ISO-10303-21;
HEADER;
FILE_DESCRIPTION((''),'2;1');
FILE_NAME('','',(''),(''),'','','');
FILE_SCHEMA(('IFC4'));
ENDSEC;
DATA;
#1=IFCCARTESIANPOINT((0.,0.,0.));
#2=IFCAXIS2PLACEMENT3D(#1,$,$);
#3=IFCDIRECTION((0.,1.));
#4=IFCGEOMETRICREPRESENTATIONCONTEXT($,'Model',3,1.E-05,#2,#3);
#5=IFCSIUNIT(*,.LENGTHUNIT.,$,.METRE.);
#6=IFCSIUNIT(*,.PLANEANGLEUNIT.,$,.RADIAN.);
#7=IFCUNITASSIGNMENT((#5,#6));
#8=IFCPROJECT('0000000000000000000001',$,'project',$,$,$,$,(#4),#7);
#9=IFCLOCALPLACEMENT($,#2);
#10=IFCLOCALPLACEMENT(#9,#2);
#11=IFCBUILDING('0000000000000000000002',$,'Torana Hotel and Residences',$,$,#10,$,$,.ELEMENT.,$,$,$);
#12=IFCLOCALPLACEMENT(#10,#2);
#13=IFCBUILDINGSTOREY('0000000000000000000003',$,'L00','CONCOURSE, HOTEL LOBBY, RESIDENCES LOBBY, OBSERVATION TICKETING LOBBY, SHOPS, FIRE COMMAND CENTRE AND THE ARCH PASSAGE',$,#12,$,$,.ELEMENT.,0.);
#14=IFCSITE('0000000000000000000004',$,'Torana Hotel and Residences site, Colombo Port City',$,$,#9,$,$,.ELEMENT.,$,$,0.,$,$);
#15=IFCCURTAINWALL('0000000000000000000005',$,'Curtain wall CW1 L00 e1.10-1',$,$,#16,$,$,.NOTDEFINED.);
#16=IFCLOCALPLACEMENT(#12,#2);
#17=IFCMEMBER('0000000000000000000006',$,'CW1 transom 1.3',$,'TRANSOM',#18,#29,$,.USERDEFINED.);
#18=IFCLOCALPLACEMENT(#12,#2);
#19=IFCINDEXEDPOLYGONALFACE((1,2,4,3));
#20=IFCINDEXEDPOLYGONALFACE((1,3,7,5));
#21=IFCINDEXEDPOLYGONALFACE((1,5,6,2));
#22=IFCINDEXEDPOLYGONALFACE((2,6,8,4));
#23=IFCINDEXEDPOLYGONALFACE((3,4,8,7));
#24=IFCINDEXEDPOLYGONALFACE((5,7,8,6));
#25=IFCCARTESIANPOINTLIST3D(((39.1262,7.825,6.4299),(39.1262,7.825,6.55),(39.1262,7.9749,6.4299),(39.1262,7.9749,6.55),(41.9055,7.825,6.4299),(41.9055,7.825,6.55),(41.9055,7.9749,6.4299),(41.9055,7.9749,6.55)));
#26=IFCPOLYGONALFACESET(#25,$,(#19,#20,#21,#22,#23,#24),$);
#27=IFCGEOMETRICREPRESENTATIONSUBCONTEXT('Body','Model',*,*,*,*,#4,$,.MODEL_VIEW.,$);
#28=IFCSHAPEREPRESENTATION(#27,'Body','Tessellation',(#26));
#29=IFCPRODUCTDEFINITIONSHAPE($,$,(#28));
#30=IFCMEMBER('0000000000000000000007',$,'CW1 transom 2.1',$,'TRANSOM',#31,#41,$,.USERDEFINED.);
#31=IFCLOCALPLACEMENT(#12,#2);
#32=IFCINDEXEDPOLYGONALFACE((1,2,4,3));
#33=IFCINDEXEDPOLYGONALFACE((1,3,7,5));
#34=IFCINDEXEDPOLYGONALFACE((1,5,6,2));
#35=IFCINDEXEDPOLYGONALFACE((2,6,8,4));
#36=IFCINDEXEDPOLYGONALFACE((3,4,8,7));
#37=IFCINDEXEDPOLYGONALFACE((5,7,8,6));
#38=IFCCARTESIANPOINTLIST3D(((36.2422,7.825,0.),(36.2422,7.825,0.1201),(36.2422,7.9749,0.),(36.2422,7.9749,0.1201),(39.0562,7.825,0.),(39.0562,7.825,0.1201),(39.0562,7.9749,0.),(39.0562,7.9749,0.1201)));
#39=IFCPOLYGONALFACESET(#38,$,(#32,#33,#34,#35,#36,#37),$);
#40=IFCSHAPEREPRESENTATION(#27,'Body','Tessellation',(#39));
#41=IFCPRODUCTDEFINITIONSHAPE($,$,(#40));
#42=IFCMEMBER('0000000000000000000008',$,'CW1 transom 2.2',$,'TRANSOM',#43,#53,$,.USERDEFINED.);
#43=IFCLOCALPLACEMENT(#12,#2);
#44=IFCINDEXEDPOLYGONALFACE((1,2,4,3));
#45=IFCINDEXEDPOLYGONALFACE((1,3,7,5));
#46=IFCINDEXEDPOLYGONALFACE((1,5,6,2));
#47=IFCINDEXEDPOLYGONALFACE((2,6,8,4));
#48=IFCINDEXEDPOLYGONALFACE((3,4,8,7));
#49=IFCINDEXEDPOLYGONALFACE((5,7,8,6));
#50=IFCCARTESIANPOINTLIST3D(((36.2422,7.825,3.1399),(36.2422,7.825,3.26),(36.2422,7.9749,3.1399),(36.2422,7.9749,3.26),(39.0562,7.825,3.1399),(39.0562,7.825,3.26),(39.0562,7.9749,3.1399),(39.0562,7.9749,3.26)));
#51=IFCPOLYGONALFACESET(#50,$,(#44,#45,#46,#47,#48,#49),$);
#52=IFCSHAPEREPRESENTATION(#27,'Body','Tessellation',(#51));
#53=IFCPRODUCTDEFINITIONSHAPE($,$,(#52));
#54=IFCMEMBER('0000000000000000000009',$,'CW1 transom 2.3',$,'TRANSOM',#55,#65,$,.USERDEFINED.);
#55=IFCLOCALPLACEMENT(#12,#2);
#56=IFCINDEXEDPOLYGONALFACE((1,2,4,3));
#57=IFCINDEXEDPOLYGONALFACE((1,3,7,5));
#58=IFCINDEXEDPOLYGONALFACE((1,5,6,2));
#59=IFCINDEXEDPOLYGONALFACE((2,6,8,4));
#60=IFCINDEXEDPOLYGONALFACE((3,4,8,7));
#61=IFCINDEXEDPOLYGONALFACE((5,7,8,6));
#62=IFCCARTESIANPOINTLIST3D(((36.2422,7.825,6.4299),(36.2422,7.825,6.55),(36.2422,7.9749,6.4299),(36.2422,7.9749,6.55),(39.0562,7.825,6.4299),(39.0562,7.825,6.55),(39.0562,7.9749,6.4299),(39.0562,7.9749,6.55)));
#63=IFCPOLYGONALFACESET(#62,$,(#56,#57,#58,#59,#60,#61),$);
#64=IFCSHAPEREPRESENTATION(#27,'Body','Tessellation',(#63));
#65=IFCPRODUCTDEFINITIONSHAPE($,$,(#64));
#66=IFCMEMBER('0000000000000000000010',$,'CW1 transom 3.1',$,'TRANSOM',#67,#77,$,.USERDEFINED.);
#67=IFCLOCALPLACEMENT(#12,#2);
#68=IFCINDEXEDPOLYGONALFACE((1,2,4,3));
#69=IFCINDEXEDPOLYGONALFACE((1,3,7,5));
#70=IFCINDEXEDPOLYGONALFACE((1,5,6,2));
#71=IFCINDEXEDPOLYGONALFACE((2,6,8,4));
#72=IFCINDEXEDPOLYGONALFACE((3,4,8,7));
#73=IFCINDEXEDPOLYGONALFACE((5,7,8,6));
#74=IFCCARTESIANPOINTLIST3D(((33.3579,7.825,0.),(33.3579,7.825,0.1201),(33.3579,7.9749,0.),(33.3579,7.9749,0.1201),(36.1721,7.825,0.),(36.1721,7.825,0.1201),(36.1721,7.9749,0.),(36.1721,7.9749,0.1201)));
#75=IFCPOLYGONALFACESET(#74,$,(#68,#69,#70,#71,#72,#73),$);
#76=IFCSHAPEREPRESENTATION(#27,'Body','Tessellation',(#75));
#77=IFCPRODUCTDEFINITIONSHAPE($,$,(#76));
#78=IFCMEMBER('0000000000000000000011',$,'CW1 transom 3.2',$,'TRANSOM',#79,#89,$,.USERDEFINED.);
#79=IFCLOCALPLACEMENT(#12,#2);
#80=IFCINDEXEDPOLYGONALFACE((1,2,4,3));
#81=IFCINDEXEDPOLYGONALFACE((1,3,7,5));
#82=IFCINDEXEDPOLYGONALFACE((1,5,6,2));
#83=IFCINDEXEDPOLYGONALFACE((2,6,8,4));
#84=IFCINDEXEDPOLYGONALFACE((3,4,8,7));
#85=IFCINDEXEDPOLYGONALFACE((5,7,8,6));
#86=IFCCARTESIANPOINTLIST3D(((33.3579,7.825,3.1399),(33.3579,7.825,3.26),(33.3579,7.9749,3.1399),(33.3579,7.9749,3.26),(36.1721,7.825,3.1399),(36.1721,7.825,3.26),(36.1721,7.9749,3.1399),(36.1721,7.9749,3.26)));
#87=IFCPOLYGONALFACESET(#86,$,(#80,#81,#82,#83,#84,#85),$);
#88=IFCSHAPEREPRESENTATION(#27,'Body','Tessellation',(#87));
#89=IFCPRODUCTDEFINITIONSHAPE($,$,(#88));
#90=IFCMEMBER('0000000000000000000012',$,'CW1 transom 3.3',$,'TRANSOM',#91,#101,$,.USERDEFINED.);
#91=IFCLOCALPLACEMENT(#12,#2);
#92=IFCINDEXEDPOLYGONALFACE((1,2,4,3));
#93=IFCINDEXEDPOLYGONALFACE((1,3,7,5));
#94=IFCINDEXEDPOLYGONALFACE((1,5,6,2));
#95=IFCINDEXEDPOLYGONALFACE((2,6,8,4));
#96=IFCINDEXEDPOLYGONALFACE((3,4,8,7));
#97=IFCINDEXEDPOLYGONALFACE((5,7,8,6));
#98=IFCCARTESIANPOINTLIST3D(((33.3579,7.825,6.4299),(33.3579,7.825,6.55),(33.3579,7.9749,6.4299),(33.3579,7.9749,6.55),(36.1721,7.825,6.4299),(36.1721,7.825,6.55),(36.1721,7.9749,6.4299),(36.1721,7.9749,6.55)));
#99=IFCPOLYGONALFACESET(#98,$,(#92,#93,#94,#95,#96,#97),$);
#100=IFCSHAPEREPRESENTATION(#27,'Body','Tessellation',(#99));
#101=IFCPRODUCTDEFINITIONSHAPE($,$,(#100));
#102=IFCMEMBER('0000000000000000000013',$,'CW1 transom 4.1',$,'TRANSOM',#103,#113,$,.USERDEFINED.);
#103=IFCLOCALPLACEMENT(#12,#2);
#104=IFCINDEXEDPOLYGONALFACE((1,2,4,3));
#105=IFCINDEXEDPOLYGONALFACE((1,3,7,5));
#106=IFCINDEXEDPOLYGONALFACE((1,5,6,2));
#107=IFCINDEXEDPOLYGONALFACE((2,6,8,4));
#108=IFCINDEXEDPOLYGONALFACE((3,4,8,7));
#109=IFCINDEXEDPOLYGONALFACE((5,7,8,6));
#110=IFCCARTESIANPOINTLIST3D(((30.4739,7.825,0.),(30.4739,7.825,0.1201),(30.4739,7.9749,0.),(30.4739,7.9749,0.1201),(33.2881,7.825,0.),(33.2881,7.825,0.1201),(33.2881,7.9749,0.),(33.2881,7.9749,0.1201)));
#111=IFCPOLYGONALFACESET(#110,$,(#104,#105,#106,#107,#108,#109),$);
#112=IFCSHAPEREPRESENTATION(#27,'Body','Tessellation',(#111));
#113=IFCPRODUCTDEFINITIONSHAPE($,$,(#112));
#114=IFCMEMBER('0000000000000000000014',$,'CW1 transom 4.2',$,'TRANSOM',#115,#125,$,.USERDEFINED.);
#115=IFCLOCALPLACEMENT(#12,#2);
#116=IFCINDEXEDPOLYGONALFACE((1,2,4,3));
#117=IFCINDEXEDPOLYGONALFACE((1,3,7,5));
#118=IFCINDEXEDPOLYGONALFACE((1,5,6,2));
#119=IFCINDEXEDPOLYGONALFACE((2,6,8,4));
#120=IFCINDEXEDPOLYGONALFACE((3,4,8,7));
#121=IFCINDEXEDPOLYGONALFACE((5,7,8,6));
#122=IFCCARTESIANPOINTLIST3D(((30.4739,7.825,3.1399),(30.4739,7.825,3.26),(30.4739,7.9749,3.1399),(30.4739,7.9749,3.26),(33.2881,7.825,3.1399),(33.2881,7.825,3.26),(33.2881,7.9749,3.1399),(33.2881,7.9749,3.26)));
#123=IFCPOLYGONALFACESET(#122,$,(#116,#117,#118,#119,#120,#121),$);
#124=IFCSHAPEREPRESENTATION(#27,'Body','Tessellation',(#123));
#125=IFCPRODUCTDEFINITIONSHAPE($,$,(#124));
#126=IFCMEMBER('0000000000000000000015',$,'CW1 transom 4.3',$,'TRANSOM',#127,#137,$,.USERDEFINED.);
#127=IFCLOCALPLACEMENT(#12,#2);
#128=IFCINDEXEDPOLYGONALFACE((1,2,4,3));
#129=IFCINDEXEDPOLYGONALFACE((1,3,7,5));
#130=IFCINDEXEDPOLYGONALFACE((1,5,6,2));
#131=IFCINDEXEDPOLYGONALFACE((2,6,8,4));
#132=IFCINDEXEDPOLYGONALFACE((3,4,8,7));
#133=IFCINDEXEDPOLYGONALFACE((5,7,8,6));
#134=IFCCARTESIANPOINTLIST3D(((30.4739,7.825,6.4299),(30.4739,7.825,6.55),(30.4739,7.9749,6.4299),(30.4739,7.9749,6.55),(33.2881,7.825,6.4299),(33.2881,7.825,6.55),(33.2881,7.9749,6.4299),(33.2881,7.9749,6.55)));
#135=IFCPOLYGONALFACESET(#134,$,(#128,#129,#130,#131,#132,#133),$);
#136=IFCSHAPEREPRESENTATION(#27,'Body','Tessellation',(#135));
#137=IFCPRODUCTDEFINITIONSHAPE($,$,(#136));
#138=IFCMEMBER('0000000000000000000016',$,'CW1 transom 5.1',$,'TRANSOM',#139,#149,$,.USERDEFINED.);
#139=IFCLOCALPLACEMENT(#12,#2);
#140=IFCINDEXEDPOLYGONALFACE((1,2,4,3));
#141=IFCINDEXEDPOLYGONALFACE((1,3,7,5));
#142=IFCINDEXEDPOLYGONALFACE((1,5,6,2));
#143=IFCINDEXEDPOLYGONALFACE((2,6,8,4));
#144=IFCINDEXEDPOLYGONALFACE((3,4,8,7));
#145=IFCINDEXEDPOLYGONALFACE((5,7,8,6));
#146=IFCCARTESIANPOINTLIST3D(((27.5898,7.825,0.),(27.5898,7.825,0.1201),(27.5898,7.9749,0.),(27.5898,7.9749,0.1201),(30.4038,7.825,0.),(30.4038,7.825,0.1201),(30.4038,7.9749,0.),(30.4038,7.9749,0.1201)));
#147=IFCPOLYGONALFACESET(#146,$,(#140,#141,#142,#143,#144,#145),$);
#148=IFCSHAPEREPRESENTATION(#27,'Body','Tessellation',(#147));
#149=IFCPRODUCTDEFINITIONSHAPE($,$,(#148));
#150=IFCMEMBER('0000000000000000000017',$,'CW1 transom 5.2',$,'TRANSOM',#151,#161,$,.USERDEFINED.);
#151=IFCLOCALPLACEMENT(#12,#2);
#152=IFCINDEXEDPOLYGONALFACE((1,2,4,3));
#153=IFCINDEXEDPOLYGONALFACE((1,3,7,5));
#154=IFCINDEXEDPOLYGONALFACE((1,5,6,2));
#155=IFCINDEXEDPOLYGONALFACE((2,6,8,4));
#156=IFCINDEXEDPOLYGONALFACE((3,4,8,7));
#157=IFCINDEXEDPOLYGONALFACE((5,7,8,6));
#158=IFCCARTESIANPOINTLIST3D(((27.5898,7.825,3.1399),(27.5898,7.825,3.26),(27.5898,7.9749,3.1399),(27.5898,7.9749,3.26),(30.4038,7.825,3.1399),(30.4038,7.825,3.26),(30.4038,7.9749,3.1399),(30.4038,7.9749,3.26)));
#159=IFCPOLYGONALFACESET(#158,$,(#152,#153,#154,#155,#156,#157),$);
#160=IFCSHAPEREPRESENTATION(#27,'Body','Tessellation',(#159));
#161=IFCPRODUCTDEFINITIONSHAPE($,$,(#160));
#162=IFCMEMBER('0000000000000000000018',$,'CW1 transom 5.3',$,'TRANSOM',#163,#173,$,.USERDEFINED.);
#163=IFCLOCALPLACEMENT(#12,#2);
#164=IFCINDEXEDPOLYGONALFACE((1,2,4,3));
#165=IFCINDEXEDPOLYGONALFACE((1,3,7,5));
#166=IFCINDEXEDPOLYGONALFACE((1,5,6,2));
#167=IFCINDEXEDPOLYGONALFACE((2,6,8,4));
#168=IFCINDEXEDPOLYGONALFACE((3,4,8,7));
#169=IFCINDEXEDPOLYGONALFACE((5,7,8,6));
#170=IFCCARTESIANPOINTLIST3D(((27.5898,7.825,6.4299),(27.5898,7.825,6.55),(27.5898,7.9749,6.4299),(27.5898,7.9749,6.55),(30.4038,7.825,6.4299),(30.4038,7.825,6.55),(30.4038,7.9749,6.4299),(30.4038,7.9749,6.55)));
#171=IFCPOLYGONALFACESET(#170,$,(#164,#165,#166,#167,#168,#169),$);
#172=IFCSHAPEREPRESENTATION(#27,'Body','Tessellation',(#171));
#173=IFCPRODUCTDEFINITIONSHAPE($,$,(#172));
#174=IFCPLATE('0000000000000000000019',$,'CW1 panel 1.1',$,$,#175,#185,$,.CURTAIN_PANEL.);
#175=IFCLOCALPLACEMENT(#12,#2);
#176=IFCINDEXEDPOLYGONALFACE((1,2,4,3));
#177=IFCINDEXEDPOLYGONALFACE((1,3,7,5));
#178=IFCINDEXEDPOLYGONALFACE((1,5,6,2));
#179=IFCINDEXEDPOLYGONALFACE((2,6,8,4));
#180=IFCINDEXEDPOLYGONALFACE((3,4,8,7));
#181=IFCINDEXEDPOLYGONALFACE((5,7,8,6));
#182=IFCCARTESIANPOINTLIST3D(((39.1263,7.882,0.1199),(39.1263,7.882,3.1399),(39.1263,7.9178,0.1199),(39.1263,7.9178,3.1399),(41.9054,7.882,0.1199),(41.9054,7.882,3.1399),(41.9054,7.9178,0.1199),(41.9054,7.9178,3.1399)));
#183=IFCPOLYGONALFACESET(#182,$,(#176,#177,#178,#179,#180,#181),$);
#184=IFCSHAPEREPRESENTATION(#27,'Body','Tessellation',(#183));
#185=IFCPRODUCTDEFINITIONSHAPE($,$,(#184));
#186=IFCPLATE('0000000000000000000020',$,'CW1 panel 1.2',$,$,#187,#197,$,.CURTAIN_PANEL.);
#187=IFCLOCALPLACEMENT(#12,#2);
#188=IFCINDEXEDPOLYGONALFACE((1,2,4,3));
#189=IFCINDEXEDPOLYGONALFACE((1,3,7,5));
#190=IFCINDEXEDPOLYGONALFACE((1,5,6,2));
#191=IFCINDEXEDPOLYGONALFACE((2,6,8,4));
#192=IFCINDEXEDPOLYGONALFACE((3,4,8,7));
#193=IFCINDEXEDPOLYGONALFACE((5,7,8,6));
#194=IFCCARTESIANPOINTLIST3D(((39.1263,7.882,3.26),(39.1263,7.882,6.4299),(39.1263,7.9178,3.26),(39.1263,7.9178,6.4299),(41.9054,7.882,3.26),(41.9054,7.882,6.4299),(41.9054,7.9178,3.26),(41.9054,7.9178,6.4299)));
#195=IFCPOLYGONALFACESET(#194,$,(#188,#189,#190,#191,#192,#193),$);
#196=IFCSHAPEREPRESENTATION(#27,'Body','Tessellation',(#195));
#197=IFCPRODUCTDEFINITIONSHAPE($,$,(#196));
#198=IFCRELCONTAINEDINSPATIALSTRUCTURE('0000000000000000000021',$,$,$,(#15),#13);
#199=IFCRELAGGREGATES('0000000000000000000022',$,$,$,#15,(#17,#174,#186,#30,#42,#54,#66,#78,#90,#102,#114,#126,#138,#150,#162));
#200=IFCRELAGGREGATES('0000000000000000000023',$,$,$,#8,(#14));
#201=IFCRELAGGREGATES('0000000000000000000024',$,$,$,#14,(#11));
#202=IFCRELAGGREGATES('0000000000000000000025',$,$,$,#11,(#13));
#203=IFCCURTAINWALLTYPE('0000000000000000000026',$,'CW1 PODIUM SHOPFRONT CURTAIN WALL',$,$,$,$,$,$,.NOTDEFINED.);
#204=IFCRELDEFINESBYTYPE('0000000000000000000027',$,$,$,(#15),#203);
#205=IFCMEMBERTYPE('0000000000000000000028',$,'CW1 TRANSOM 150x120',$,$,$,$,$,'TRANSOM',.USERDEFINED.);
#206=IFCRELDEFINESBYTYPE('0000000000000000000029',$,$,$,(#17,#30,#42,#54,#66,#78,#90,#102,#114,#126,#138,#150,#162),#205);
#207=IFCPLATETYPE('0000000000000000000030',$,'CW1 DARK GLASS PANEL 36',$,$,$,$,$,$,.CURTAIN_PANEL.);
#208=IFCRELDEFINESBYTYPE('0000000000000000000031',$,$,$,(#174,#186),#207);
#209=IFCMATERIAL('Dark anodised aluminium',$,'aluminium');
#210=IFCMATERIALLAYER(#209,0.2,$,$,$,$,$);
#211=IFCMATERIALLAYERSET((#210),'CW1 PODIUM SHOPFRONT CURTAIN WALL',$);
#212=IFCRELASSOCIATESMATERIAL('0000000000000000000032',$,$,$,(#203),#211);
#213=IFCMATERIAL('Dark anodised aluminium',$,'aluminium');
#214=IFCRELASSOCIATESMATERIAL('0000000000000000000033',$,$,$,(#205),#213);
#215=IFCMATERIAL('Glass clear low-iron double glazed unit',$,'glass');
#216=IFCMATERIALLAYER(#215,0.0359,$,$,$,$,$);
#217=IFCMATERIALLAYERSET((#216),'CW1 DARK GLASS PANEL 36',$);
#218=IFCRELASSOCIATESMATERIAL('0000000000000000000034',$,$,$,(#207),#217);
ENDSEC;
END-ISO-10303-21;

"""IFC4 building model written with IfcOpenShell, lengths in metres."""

from ifc_helpers import new_model, si_unit, direction, frame, origin, origin_2d, place, context, subcontext, project, spatial, rectangle, extrude, material, layer, layer_set, material_profile, profile_set, type_object, element, aggregate, save


model = new_model("IFC4")

# Units and contexts
model_context = context("Model", 3, precision=1e-05, world=origin(), true_north=direction((0.0, 1.0)))
body_context = subcontext(model_context, "Body", "Model", "MODEL_VIEW")
ifc_project = project(units=[si_unit("LENGTHUNIT", "METRE"), si_unit("PLANEANGLEUNIT", "RADIAN")], contexts=[model_context])

# Site, building, storey
site_placement = place(None, origin())
site = spatial("IfcSite", under=ifc_project, at=site_placement, Name="Torana Hotel and Residences site, Colombo Port City", CompositionType="ELEMENT", RefElevation=0.0)
building_placement = place(site_placement, origin())
building = spatial("IfcBuilding", under=site, at=building_placement, Name="Torana Hotel and Residences", CompositionType="ELEMENT")
storey_placement = place(building_placement, origin())
storey = spatial("IfcBuildingStorey", under=building, at=storey_placement, Name="L00", Description="CONCOURSE, HOTEL LOBBY, RESIDENCES LOBBY, OBSERVATION TICKETING LOBBY, SHOPS, FIRE COMMAND CENTRE AND THE ARCH PASSAGE", CompositionType="ELEMENT", Elevation=0.0)

# Curtain wall, members, plates
ifc_material_1 = material(Name="Dark anodised aluminium", Category="aluminium")
ifc_layer_1 = layer(ifc_material_1, 0.2)
ifc_layer_set_1 = layer_set([ifc_layer_1], Name="CW1 PODIUM SHOPFRONT CURTAIN WALL")
curtain_wall_type = type_object("IfcCurtainWallType", Name="CW1 PODIUM SHOPFRONT CURTAIN WALL", PredefinedType="NOTDEFINED", material=ifc_layer_set_1)
curtain_wall_placement = place(storey_placement, origin())
curtain_wall = element("IfcCurtainWall", 1, at=curtain_wall_placement, inside=storey, type_object=curtain_wall_type, Name="Curtain wall CW1 L00 e1.10-1", PredefinedType="NOTDEFINED")
ifc_material_2 = material(Name="Dark anodised aluminium", Category="aluminium")
ifc_material_profile_1 = material_profile(ifc_material_2, rectangle(XDim=0.1499, YDim=0.1201, at=origin_2d()), Name="CW1 TRANSOM 150x120")
ifc_profile_set_1 = profile_set([ifc_material_profile_1], Name="Dark anodised aluminium")
member_type_1 = type_object("IfcMemberType", Name="CW1 TRANSOM 150x120", ElementType="TRANSOM", PredefinedType="USERDEFINED", material=ifc_profile_set_1)
member_1_placement = place(storey_placement, frame((41.9055, 7.8999, 6.49), z_axis=(-1.0, 0.0, 0.0), x_axis=(0.0, -1.0, 0.0)))
member_1 = element("IfcMember", 2, at=member_1_placement, type_object=member_type_1, Name="CW1 transom 1.3", ObjectType="TRANSOM", PredefinedType="USERDEFINED", context=body_context, shape_type="SweptSolid", body=[
    extrude(rectangle(XDim=0.1499, YDim=0.1201, at=origin_2d()), origin(), (0.0, 0.0, 1.0), 2.7793),
])
member_2_placement = place(storey_placement, frame((39.0562, 7.8999, 0.0601), z_axis=(-1.0, 0.0, 0.0), x_axis=(0.0, -1.0, 0.0)))
member_2 = element("IfcMember", 3, at=member_2_placement, type_object=member_type_1, Name="CW1 transom 2.1", ObjectType="TRANSOM", PredefinedType="USERDEFINED", context=body_context, shape_type="SweptSolid", body=[
    extrude(rectangle(XDim=0.1499, YDim=0.1201, at=origin_2d()), origin(), (0.0, 0.0, 1.0), 2.814),
])
member_3_placement = place(storey_placement, frame((39.0562, 7.8999, 3.2), z_axis=(-1.0, 0.0, 0.0), x_axis=(0.0, -1.0, 0.0)))
member_3 = element("IfcMember", 4, at=member_3_placement, type_object=member_type_1, Name="CW1 transom 2.2", ObjectType="TRANSOM", PredefinedType="USERDEFINED", context=body_context, shape_type="SweptSolid", body=[
    extrude(rectangle(XDim=0.1499, YDim=0.1201, at=origin_2d()), origin(), (0.0, 0.0, 1.0), 2.814),
])
member_4_placement = place(storey_placement, frame((39.0562, 7.8999, 6.49), z_axis=(-1.0, 0.0, 0.0), x_axis=(0.0, -1.0, 0.0)))
member_4 = element("IfcMember", 5, at=member_4_placement, type_object=member_type_1, Name="CW1 transom 2.3", ObjectType="TRANSOM", PredefinedType="USERDEFINED", context=body_context, shape_type="SweptSolid", body=[
    extrude(rectangle(XDim=0.1499, YDim=0.1201, at=origin_2d()), origin(), (0.0, 0.0, 1.0), 2.814),
])
member_5_placement = place(storey_placement, frame((36.1721, 7.8999, 0.0601), z_axis=(-1.0, 0.0, 0.0), x_axis=(0.0, -1.0, 0.0)))
member_5 = element("IfcMember", 6, at=member_5_placement, type_object=member_type_1, Name="CW1 transom 3.1", ObjectType="TRANSOM", PredefinedType="USERDEFINED", context=body_context, shape_type="SweptSolid", body=[
    extrude(rectangle(XDim=0.1499, YDim=0.1201, at=origin_2d()), origin(), (0.0, 0.0, 1.0), 2.8142),
])
member_6_placement = place(storey_placement, frame((36.1721, 7.8999, 3.2), z_axis=(-1.0, 0.0, 0.0), x_axis=(0.0, -1.0, 0.0)))
member_6 = element("IfcMember", 7, at=member_6_placement, type_object=member_type_1, Name="CW1 transom 3.2", ObjectType="TRANSOM", PredefinedType="USERDEFINED", context=body_context, shape_type="SweptSolid", body=[
    extrude(rectangle(XDim=0.1499, YDim=0.1201, at=origin_2d()), origin(), (0.0, 0.0, 1.0), 2.8142),
])
member_7_placement = place(storey_placement, frame((36.1721, 7.8999, 6.49), z_axis=(-1.0, 0.0, 0.0), x_axis=(0.0, -1.0, 0.0)))
member_7 = element("IfcMember", 8, at=member_7_placement, type_object=member_type_1, Name="CW1 transom 3.3", ObjectType="TRANSOM", PredefinedType="USERDEFINED", context=body_context, shape_type="SweptSolid", body=[
    extrude(rectangle(XDim=0.1499, YDim=0.1201, at=origin_2d()), origin(), (0.0, 0.0, 1.0), 2.8142),
])
member_8_placement = place(storey_placement, frame((33.2881, 7.8999, 0.0601), z_axis=(-1.0, 0.0, 0.0), x_axis=(0.0, -1.0, 0.0)))
member_8 = element("IfcMember", 9, at=member_8_placement, type_object=member_type_1, Name="CW1 transom 4.1", ObjectType="TRANSOM", PredefinedType="USERDEFINED", context=body_context, shape_type="SweptSolid", body=[
    extrude(rectangle(XDim=0.1499, YDim=0.1201, at=origin_2d()), origin(), (0.0, 0.0, 1.0), 2.8142),
])
member_9_placement = place(storey_placement, frame((33.2881, 7.8999, 3.2), z_axis=(-1.0, 0.0, 0.0), x_axis=(0.0, -1.0, 0.0)))
member_9 = element("IfcMember", 10, at=member_9_placement, type_object=member_type_1, Name="CW1 transom 4.2", ObjectType="TRANSOM", PredefinedType="USERDEFINED", context=body_context, shape_type="SweptSolid", body=[
    extrude(rectangle(XDim=0.1499, YDim=0.1201, at=origin_2d()), origin(), (0.0, 0.0, 1.0), 2.8142),
])
member_10_placement = place(storey_placement, frame((33.2881, 7.8999, 6.49), z_axis=(-1.0, 0.0, 0.0), x_axis=(0.0, -1.0, 0.0)))
member_10 = element("IfcMember", 11, at=member_10_placement, type_object=member_type_1, Name="CW1 transom 4.3", ObjectType="TRANSOM", PredefinedType="USERDEFINED", context=body_context, shape_type="SweptSolid", body=[
    extrude(rectangle(XDim=0.1499, YDim=0.1201, at=origin_2d()), origin(), (0.0, 0.0, 1.0), 2.8142),
])
member_11_placement = place(storey_placement, frame((30.4038, 7.8999, 0.0601), z_axis=(-1.0, 0.0, 0.0), x_axis=(0.0, -1.0, 0.0)))
member_11 = element("IfcMember", 12, at=member_11_placement, type_object=member_type_1, Name="CW1 transom 5.1", ObjectType="TRANSOM", PredefinedType="USERDEFINED", context=body_context, shape_type="SweptSolid", body=[
    extrude(rectangle(XDim=0.1499, YDim=0.1201, at=origin_2d()), origin(), (0.0, 0.0, 1.0), 2.814),
])
member_12_placement = place(storey_placement, frame((30.4038, 7.8999, 3.2), z_axis=(-1.0, 0.0, 0.0), x_axis=(0.0, -1.0, 0.0)))
member_12 = element("IfcMember", 13, at=member_12_placement, type_object=member_type_1, Name="CW1 transom 5.2", ObjectType="TRANSOM", PredefinedType="USERDEFINED", context=body_context, shape_type="SweptSolid", body=[
    extrude(rectangle(XDim=0.1499, YDim=0.1201, at=origin_2d()), origin(), (0.0, 0.0, 1.0), 2.814),
])
member_13_placement = place(storey_placement, frame((30.4038, 7.8999, 6.49), z_axis=(-1.0, 0.0, 0.0), x_axis=(0.0, -1.0, 0.0)))
member_13 = element("IfcMember", 14, at=member_13_placement, type_object=member_type_1, Name="CW1 transom 5.3", ObjectType="TRANSOM", PredefinedType="USERDEFINED", context=body_context, shape_type="SweptSolid", body=[
    extrude(rectangle(XDim=0.1499, YDim=0.1201, at=origin_2d()), origin(), (0.0, 0.0, 1.0), 2.814),
])
ifc_material_3 = material(Name="Glass clear low-iron double glazed unit", Category="glass")
ifc_layer_2 = layer(ifc_material_3, 0.0359)
ifc_layer_set_2 = layer_set([ifc_layer_2], Name="CW1 DARK GLASS PANEL 36")
plate_type = type_object("IfcPlateType", Name="CW1 DARK GLASS PANEL 36", PredefinedType="CURTAIN_PANEL", material=ifc_layer_set_2)
plate_1_placement = place(storey_placement, frame((40.5159, 7.8999, 0.1199), z_axis=(0.0, 0.0, 1.0), x_axis=(-1.0, 0.0, 0.0)))
plate_1 = element("IfcPlate", 15, at=plate_1_placement, type_object=plate_type, Name="CW1 panel 1.1", PredefinedType="CURTAIN_PANEL", context=body_context, shape_type="SweptSolid", body=[
    extrude(rectangle(XDim=2.7791, YDim=0.0359, at=origin_2d()), origin(), (0.0, 0.0, 1.0), 3.02),
])
plate_2_placement = place(storey_placement, frame((40.5159, 7.8999, 3.26), z_axis=(0.0, 0.0, 1.0), x_axis=(-1.0, 0.0, 0.0)))
plate_2 = element("IfcPlate", 16, at=plate_2_placement, type_object=plate_type, Name="CW1 panel 1.2", PredefinedType="CURTAIN_PANEL", context=body_context, shape_type="SweptSolid", body=[
    extrude(rectangle(XDim=2.7791, YDim=0.0359, at=origin_2d()), origin(), (0.0, 0.0, 1.0), 3.1699),
])
aggregate(curtain_wall, [member_1, plate_1, plate_2, member_2, member_3, member_4, member_5, member_6, member_7, member_8, member_9, member_10, member_11, member_12, member_13])

save(model, "model.ifc")
